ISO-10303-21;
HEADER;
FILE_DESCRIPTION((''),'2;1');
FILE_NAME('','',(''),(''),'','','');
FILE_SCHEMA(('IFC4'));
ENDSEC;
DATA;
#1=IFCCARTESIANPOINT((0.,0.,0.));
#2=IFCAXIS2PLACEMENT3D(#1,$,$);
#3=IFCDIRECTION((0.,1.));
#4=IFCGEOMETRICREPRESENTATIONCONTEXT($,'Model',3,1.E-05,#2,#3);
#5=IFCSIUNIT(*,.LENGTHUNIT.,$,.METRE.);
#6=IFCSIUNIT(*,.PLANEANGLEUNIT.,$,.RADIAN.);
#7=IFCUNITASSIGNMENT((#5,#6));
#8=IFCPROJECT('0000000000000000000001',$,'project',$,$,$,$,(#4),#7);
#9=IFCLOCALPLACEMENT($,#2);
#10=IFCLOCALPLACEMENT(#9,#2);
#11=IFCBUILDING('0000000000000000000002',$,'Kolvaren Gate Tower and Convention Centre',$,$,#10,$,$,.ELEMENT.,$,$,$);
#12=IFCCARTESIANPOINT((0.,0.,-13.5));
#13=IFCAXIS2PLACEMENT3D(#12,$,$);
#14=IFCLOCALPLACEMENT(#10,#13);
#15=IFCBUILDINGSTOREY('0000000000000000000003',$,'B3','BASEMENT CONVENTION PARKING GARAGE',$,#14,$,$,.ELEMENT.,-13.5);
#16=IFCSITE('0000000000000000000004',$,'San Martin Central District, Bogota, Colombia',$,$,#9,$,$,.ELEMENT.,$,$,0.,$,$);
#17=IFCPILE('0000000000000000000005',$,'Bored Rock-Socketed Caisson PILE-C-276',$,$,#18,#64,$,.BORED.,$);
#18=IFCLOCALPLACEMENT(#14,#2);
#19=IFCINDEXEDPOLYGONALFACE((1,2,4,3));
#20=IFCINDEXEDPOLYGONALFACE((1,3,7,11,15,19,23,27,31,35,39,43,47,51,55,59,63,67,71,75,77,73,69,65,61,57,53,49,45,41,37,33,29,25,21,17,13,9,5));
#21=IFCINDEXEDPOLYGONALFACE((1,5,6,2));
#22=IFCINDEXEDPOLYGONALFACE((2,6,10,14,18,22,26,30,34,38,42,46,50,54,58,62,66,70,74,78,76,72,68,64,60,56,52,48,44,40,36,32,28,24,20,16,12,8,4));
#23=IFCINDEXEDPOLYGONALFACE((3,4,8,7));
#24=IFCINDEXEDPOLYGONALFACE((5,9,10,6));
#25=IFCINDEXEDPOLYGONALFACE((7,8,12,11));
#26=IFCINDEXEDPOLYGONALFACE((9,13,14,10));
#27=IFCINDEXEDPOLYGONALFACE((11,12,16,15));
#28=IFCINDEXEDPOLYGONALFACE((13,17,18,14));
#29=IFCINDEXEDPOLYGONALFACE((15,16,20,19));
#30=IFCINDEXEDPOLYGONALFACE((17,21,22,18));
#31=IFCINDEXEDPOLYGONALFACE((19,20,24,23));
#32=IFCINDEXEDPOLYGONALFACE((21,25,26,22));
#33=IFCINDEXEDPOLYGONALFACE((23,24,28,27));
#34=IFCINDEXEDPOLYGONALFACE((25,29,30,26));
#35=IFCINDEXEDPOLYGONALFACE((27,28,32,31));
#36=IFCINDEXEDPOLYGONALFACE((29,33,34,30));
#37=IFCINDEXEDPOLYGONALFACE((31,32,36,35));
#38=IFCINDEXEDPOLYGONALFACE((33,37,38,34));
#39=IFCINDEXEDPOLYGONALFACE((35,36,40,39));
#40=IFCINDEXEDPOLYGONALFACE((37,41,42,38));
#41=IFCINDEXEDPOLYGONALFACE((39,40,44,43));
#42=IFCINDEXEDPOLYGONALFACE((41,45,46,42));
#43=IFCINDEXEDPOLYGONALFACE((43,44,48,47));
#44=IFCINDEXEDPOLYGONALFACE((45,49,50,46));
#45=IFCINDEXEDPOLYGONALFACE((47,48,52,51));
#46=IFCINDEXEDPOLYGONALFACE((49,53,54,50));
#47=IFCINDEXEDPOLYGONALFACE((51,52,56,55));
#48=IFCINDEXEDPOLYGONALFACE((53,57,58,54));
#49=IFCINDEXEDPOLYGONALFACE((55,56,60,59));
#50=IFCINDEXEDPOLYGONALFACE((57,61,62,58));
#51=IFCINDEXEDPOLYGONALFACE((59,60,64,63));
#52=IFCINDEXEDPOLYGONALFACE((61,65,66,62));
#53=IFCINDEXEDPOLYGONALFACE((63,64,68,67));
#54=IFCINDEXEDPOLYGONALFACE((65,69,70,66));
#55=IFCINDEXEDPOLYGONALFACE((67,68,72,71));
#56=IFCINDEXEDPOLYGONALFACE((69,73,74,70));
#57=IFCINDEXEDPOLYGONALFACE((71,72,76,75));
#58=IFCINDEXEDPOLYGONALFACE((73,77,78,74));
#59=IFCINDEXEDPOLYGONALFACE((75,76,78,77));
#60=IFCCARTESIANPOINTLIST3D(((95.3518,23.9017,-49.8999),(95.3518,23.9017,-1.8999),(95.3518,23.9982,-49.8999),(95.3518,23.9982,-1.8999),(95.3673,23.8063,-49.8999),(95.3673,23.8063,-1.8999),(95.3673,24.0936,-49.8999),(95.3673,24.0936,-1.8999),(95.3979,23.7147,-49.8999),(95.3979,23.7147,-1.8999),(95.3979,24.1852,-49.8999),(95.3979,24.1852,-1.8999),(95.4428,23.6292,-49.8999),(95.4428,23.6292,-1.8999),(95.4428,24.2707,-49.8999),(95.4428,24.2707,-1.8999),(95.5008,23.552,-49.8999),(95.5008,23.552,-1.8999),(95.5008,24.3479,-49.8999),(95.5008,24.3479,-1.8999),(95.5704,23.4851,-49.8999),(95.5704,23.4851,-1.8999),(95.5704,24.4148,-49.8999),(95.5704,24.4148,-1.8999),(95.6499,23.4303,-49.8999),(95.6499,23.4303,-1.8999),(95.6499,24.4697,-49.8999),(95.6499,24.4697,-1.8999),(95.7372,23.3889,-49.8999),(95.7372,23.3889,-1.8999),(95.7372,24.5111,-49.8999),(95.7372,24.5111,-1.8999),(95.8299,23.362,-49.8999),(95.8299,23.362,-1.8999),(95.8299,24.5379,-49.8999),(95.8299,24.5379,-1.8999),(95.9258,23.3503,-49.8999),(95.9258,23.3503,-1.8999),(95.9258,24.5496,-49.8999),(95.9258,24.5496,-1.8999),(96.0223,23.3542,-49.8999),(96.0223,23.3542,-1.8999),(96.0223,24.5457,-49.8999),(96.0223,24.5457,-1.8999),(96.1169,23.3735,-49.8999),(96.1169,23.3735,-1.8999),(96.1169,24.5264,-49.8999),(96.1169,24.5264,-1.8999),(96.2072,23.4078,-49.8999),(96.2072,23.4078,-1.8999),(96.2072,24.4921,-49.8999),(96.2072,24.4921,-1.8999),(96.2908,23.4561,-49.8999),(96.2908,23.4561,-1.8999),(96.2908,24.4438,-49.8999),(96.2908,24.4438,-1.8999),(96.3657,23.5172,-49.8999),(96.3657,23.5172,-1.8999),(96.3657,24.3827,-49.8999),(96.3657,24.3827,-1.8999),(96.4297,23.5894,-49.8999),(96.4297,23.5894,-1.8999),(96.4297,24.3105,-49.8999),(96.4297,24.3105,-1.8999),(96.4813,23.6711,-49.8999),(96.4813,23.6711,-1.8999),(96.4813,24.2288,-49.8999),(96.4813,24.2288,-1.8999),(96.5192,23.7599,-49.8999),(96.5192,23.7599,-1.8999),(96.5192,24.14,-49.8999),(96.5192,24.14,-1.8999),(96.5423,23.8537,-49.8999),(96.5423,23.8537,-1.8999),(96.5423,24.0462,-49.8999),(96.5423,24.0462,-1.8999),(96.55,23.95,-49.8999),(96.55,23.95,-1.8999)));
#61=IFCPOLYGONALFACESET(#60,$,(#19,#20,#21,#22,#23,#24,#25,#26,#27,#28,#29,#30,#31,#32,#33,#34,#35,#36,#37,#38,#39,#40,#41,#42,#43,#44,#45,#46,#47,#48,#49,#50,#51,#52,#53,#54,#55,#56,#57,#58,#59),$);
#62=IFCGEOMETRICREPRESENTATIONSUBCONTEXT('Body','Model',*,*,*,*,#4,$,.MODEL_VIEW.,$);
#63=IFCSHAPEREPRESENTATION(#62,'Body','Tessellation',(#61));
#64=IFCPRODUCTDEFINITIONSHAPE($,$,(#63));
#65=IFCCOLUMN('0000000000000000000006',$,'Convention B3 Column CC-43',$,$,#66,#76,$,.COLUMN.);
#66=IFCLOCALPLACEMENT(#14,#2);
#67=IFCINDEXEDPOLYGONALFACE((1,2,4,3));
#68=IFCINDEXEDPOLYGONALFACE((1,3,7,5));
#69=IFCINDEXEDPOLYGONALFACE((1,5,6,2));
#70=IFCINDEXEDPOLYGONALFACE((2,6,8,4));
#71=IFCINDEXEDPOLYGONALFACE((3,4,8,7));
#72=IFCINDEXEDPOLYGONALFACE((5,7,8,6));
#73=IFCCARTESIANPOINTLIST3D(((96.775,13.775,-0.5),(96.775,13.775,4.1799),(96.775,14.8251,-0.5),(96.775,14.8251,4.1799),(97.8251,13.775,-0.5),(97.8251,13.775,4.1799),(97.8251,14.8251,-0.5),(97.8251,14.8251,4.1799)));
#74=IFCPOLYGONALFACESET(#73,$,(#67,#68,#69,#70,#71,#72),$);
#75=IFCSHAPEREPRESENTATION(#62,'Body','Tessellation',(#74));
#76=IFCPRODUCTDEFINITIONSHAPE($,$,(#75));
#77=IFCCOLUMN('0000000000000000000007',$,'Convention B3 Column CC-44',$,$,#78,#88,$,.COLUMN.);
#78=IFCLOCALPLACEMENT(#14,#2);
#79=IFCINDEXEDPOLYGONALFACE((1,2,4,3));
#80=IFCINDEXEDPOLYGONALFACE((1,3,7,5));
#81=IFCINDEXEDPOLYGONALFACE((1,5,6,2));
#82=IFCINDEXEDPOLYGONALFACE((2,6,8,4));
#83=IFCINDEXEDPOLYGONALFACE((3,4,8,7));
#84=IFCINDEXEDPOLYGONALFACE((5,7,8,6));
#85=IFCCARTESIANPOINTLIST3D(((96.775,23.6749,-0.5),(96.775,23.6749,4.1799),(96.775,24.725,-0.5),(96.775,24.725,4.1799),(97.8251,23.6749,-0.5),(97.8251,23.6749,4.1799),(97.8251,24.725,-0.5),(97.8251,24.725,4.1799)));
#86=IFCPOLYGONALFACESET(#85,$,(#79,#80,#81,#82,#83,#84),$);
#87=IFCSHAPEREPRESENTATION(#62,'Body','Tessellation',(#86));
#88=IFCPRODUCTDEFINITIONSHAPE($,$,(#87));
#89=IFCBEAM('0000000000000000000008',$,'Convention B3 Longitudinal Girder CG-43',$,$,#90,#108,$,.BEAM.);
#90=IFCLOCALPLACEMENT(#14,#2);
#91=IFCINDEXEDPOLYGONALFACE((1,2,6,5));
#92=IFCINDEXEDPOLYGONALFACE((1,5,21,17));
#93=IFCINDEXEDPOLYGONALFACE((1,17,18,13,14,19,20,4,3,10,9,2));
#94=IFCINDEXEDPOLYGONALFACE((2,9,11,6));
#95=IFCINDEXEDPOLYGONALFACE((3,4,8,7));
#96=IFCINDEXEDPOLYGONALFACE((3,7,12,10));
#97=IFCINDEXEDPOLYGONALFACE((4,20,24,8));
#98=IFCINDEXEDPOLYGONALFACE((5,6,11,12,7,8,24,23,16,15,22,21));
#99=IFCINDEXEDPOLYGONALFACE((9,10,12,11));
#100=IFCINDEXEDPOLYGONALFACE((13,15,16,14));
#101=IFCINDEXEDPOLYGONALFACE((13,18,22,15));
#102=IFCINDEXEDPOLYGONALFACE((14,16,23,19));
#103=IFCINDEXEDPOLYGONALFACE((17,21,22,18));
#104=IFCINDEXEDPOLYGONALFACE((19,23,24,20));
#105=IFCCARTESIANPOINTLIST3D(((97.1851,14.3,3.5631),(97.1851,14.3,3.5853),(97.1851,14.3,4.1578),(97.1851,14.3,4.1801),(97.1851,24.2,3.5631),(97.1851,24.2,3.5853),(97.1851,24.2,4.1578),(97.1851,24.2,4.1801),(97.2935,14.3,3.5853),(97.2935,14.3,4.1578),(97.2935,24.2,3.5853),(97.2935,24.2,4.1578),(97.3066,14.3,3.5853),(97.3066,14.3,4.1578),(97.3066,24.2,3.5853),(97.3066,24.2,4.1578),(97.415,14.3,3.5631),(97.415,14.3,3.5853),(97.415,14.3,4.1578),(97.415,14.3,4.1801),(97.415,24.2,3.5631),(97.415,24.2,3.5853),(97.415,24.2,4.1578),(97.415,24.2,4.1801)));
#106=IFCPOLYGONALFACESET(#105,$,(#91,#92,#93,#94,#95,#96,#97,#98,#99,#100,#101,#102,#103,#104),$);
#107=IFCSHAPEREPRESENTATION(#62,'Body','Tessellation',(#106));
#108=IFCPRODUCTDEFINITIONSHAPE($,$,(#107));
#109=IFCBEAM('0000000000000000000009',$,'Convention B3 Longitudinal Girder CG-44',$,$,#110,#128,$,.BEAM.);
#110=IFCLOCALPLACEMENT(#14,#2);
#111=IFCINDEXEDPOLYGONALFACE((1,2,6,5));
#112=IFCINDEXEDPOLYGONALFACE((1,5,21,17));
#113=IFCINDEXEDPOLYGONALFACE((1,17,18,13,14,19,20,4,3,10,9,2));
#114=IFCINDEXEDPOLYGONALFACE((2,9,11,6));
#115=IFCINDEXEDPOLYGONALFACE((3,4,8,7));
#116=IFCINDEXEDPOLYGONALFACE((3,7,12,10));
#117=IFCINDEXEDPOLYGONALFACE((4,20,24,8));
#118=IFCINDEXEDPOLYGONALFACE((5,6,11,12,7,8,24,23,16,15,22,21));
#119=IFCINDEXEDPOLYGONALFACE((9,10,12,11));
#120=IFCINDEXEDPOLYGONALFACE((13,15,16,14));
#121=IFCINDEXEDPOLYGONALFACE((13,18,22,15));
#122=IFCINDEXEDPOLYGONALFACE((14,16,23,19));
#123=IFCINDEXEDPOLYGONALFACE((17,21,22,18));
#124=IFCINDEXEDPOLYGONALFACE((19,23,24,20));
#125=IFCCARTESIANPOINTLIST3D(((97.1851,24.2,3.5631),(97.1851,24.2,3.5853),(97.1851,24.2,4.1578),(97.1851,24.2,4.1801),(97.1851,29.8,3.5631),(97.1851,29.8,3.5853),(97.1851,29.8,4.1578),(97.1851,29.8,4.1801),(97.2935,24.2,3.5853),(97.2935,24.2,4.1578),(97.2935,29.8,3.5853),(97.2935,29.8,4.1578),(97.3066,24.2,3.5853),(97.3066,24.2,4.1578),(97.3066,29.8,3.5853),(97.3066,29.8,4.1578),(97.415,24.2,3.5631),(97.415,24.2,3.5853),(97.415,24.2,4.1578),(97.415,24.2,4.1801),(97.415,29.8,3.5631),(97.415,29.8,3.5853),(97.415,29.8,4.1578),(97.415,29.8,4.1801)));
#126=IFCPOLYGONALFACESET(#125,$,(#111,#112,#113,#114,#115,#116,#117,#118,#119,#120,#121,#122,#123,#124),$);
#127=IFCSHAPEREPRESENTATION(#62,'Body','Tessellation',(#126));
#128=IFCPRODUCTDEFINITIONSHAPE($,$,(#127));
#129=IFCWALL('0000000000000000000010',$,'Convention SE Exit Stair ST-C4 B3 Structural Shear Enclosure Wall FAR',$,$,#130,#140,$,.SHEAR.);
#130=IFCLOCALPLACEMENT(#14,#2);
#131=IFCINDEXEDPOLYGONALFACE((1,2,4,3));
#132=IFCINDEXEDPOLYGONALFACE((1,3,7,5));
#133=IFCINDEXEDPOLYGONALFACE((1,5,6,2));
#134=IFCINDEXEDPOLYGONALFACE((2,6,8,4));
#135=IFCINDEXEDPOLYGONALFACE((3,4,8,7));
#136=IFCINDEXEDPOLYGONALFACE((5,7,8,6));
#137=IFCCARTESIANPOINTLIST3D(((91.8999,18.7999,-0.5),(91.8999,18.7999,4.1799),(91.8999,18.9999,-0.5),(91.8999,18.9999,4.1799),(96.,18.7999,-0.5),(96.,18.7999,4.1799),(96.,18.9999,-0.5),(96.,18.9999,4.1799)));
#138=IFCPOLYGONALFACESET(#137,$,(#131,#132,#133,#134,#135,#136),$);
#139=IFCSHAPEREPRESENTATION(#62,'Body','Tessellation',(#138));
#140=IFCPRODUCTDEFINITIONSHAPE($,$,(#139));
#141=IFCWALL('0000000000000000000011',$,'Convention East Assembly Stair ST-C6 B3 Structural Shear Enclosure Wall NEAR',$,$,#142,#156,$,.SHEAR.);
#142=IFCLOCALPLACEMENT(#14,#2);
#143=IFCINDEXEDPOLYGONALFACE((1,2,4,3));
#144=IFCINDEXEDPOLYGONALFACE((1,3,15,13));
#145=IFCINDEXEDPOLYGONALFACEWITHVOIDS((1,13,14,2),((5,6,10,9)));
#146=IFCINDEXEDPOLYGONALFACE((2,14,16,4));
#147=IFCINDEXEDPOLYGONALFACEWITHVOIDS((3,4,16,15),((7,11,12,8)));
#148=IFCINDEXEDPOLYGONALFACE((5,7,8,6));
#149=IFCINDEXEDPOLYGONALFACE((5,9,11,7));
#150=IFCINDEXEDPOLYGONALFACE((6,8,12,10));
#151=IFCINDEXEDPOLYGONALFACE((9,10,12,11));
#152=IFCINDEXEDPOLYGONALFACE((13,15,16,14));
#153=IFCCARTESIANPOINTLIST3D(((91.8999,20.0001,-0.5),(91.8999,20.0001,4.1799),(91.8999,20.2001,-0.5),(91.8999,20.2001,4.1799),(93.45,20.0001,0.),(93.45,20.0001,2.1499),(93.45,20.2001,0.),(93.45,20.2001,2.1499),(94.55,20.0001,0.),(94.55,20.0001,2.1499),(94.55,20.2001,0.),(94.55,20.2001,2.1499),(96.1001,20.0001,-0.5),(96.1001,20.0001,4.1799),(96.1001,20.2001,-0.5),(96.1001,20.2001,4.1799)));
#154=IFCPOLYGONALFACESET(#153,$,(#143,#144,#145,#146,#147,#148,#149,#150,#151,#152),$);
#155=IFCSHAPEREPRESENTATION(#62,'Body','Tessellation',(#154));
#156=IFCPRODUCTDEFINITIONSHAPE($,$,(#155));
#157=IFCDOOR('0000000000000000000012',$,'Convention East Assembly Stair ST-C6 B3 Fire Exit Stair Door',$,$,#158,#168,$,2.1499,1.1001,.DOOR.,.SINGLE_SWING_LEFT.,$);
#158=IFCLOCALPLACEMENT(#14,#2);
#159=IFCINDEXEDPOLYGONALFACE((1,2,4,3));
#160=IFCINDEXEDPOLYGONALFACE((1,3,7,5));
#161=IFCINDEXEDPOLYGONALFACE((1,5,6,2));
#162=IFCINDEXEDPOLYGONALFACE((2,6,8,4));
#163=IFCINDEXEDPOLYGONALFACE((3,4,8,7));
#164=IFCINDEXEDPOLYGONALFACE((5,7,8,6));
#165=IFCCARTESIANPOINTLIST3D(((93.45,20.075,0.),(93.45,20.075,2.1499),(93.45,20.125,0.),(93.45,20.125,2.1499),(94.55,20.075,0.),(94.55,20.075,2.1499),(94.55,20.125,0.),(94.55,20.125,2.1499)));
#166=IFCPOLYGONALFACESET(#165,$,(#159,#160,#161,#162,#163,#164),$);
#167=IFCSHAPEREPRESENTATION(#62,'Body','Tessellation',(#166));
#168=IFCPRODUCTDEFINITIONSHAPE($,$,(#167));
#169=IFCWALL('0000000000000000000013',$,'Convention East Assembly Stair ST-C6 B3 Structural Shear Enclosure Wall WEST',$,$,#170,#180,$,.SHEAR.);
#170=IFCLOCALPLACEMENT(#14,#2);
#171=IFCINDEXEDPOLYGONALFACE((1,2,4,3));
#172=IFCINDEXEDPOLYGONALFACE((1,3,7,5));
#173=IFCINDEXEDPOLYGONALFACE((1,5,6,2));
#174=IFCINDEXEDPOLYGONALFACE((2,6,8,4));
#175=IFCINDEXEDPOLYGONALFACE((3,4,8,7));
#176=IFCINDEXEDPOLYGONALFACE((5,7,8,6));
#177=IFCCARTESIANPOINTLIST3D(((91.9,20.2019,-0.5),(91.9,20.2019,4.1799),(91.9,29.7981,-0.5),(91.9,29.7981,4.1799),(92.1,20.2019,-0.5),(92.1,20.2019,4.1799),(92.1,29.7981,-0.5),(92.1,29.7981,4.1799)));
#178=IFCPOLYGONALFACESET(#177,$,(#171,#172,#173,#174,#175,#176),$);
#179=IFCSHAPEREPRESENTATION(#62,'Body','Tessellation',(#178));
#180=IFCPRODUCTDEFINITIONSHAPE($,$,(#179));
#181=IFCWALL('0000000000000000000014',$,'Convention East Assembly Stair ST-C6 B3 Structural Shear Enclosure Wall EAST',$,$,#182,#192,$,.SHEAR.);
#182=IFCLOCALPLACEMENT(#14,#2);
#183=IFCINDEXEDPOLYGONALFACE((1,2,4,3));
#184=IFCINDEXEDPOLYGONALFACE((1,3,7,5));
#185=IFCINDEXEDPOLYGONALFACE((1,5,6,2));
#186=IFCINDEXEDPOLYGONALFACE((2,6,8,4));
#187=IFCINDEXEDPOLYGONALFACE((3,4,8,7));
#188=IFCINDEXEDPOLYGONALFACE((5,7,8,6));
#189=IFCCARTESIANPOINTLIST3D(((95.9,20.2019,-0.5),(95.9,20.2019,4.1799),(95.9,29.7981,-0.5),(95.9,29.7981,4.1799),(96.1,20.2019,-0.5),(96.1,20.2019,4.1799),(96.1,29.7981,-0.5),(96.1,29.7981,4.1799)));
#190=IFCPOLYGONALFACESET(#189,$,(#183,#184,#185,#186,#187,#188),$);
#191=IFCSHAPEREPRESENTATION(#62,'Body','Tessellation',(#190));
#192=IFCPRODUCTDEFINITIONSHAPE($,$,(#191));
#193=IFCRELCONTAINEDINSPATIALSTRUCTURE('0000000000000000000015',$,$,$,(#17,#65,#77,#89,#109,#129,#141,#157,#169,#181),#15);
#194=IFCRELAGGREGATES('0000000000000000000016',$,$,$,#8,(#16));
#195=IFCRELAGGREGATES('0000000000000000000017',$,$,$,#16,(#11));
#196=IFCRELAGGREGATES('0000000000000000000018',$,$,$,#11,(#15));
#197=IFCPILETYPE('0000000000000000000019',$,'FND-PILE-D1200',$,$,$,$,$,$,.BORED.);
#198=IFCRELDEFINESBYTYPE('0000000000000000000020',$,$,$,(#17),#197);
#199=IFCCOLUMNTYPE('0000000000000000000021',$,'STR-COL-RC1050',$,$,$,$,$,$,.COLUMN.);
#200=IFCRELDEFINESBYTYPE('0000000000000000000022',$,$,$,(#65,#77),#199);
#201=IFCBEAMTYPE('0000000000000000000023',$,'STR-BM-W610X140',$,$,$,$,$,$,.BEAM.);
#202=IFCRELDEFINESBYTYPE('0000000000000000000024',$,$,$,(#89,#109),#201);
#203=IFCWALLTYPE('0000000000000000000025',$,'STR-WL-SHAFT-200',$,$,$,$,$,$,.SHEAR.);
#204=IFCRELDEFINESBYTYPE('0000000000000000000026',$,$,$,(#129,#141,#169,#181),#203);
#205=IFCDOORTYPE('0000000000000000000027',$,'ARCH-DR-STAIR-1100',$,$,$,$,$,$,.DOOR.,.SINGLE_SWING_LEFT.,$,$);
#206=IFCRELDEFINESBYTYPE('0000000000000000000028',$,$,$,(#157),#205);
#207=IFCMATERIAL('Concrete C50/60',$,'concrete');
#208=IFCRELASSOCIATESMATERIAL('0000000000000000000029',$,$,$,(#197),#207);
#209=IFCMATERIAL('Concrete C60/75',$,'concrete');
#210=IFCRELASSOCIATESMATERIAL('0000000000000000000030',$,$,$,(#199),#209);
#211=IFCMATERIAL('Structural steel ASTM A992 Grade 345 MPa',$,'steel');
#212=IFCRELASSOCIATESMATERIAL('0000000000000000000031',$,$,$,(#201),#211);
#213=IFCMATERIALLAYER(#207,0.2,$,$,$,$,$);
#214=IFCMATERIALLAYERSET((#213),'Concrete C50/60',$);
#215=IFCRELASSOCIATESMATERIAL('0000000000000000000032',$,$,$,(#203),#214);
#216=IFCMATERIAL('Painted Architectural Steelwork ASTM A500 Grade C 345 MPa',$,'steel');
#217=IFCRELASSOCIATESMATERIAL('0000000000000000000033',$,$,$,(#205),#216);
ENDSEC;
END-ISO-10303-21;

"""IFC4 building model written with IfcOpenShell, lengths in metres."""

from ifc_helpers import new_model, si_unit, direction, frame, frame_2d, origin, origin_2d, place, context, subcontext, project, spatial, rectangle, circle, i_section, extrude, material, layer, layer_set, material_profile, profile_set, type_object, element, fill, save


model = new_model("IFC4")

# Units and contexts
model_context = context("Model", 3, precision=1e-05, world=origin(), true_north=direction((0.0, 1.0)))
body_context = subcontext(model_context, "Body", "Model", "MODEL_VIEW")
ifc_project = project(units=[si_unit("LENGTHUNIT", "METRE"), si_unit("PLANEANGLEUNIT", "RADIAN")], contexts=[model_context])

# Site, building, storey
site_placement = place(None, origin())
site = spatial("IfcSite", under=ifc_project, at=site_placement, Name="San Martin Central District, Bogota, Colombia", CompositionType="ELEMENT", RefElevation=0.0)
building_placement = place(site_placement, origin())
building = spatial("IfcBuilding", under=site, at=building_placement, Name="Kolvaren Gate Tower and Convention Centre", CompositionType="ELEMENT")
storey_placement = place(building_placement, frame((0.0, 0.0, -13.5)))
storey = spatial("IfcBuildingStorey", under=building, at=storey_placement, Name="B3", Description="BASEMENT CONVENTION PARKING GARAGE", CompositionType="ELEMENT", Elevation=-13.5)

# Shared definitions
ifc_material_1 = material(Name="Concrete C50/60", Category="concrete")
ifc_material_2 = material(Name="Concrete C60/75", Category="concrete")

# Pile
ifc_material_profile_1 = material_profile(ifc_material_1, circle(Radius=0.6001, at=origin_2d()), Name="CAISSON-D1200")
ifc_profile_set_1 = profile_set([ifc_material_profile_1], Name="Concrete C50/60")
pile_type = type_object("IfcPileType", Name="FND-PILE-D1200", PredefinedType="BORED", material=ifc_profile_set_1)
for number, where, z_axis, x_axis, name in (
    (1, (95.95, 23.95, -1.8999), (0.0, 0.0, -1.0), (1.0, 0.0, 0.0), "Bored Rock-Socketed Caisson PILE-C-276"),
):
    element("IfcPile", number, at=place(storey_placement, frame(where, z_axis=z_axis, x_axis=x_axis)), inside=storey, type_object=pile_type, Name=name, PredefinedType="BORED", context=body_context, shape_type="SweptSolid", body=[
        extrude(circle(Radius=0.6001, at=origin_2d()), origin(), (0.0, 0.0, 1.0), 48.0),
    ])

# Columns
ifc_material_profile_2 = material_profile(ifc_material_2, rectangle(XDim=1.05, YDim=1.05, at=origin_2d()), Name="RC-COL-1050X1050")
ifc_profile_set_2 = profile_set([ifc_material_profile_2], Name="Concrete C60/75")
column_type = type_object("IfcColumnType", Name="STR-COL-RC1050", PredefinedType="COLUMN", material=ifc_profile_set_2)
for number, where, z_axis, x_axis, name in (
    (2, (97.3, 14.3, -0.5), (0.0, 0.0, 1.0), (1.0, 0.0, 0.0), "Convention B3 Column CC-43"),
    (3, (97.3, 24.2, -0.5), (0.0, 0.0, 1.0), (1.0, 0.0, 0.0), "Convention B3 Column CC-44"),
):
    element("IfcColumn", number, at=place(storey_placement, frame(where, z_axis=z_axis, x_axis=x_axis)), inside=storey, type_object=column_type, Name=name, PredefinedType="COLUMN", context=body_context, shape_type="SweptSolid", body=[
        extrude(rectangle(XDim=1.05, YDim=1.05, at=origin_2d()), origin(), (0.0, 0.0, 1.0), 4.6799),
    ])

# Beams
ifc_material_3 = material(Name="Structural steel ASTM A992 Grade 345 MPa", Category="steel")
ifc_material_profile_3 = material_profile(ifc_material_3, i_section(OverallWidth=0.23, OverallDepth=0.6169, WebThickness=0.0132, FlangeThickness=0.0222, at=origin_2d()), Name="W610X140")
ifc_profile_set_3 = profile_set([ifc_material_profile_3], Name="Structural steel ASTM A992 Grade 345 MPa")
beam_type = type_object("IfcBeamType", Name="STR-BM-W610X140", PredefinedType="BEAM", material=ifc_profile_set_3)
beam_1_placement = place(storey_placement, frame((97.3, 14.3, 3.8716), z_axis=(0.0, 1.0, 0.0), x_axis=(-1.0, 0.0, 0.0)))
element("IfcBeam", 4, at=beam_1_placement, inside=storey, type_object=beam_type, Name="Convention B3 Longitudinal Girder CG-43", PredefinedType="BEAM", context=body_context, shape_type="SweptSolid", body=[
    extrude(i_section(OverallWidth=0.23, OverallDepth=0.6169, WebThickness=0.0132, FlangeThickness=0.0222, at=origin_2d()), origin(), (0.0, 0.0, 1.0), 9.8999),
])
beam_2_placement = place(storey_placement, frame((97.3, 24.2, 3.8716), z_axis=(0.0, 1.0, 0.0), x_axis=(-1.0, 0.0, 0.0)))
element("IfcBeam", 5, at=beam_2_placement, inside=storey, type_object=beam_type, Name="Convention B3 Longitudinal Girder CG-44", PredefinedType="BEAM", context=body_context, shape_type="SweptSolid", body=[
    extrude(i_section(OverallWidth=0.23, OverallDepth=0.6169, WebThickness=0.0132, FlangeThickness=0.0222, at=origin_2d()), origin(), (0.0, 0.0, 1.0), 5.6001),
])

# Wall
ifc_layer = layer(ifc_material_1, 0.2)
ifc_layer_set = layer_set([ifc_layer], Name="Concrete C50/60")
wall_type = type_object("IfcWallType", Name="STR-WL-SHAFT-200", PredefinedType="SHEAR", material=ifc_layer_set)
wall_1_placement = place(storey_placement, frame((91.8999, 18.8999, -0.5), z_axis=(0.0, 0.0, 1.0), x_axis=(1.0, 0.0, 0.0)))
element("IfcWall", 6, at=wall_1_placement, inside=storey, type_object=wall_type, Name="Convention SE Exit Stair ST-C4 B3 Structural Shear Enclosure Wall FAR", PredefinedType="SHEAR", context=body_context, shape_type="SweptSolid", body=[
    extrude(rectangle(XDim=4.1001, YDim=0.2, at=frame_2d((2.05, 0.0))), origin(), (0.0, 0.0, 1.0), 4.6799),
])

# Wall, opening, door
wall_2_placement = place(storey_placement, frame((91.8999, 20.1001, -0.5), z_axis=(0.0, 0.0, 1.0), x_axis=(1.0, 0.0, 0.0)))
wall_2 = element("IfcWall", 7, at=wall_2_placement, inside=storey, type_object=wall_type, Name="Convention East Assembly Stair ST-C6 B3 Structural Shear Enclosure Wall NEAR", PredefinedType="SHEAR", context=body_context, shape_type="SweptSolid", body=[
    extrude(rectangle(XDim=4.2002, YDim=0.2, at=frame_2d((2.1001, 0.0))), origin(), (0.0, 0.0, 1.0), 4.6799),
])
opening_placement = place(wall_2_placement, frame((1.55, 0.0, 0.5)))
opening = element("IfcOpeningElement", 8, at=opening_placement, cuts=wall_2, PredefinedType="OPENING", context=body_context, shape_type="SweptSolid", body=[
    extrude(rectangle(XDim=1.1001, YDim=2.1499, at=frame_2d((0.55, 1.075))), frame((0.0, 0.1099, 0.0), z_axis=(0.0, -1.0, 0.0), x_axis=(1.0, 0.0, 0.0)), (0.0, 0.0, 1.0), 0.22),
])
ifc_material_4 = material(Name="Painted Architectural Steelwork ASTM A500 Grade C 345 MPa", Category="steel")
door_type = type_object("IfcDoorType", Name="ARCH-DR-STAIR-1100", OperationType="SINGLE_SWING_LEFT", PredefinedType="DOOR", material=ifc_material_4)
door_placement = place(opening_placement, origin())
door = element("IfcDoor", 9, at=door_placement, inside=storey, type_object=door_type, Name="Convention East Assembly Stair ST-C6 B3 Fire Exit Stair Door", OperationType="SINGLE_SWING_LEFT", OverallHeight=2.1499, OverallWidth=1.1001, PredefinedType="DOOR", context=body_context, shape_type="SweptSolid", body=[
    extrude(rectangle(XDim=1.1001, YDim=2.1499, at=frame_2d((0.55, 1.075))), frame((0.0, 0.0249, 0.0), z_axis=(0.0, -1.0, 0.0), x_axis=(1.0, 0.0, 0.0)), (0.0, 0.0, 1.0), 0.05),
])
fill(opening, door)

# Walls
for number, where, z_axis, x_axis, name in (
    (10, (92.0, 20.2019, -0.5), (0.0, 0.0, 1.0), (0.0, 1.0, 0.0), "Convention East Assembly Stair ST-C6 B3 Structural Shear Enclosure Wall WEST"),
    (11, (96.0, 20.2019, -0.5), (0.0, 0.0, 1.0), (0.0, 1.0, 0.0), "Convention East Assembly Stair ST-C6 B3 Structural Shear Enclosure Wall EAST"),
):
    element("IfcWall", number, at=place(storey_placement, frame(where, z_axis=z_axis, x_axis=x_axis)), inside=storey, type_object=wall_type, Name=name, PredefinedType="SHEAR", context=body_context, shape_type="SweptSolid", body=[
        extrude(rectangle(XDim=9.5962, YDim=0.2, at=frame_2d((4.7981, 0.0))), origin(), (0.0, 0.0, 1.0), 4.6799),
    ])

save(model, "model.ifc")
